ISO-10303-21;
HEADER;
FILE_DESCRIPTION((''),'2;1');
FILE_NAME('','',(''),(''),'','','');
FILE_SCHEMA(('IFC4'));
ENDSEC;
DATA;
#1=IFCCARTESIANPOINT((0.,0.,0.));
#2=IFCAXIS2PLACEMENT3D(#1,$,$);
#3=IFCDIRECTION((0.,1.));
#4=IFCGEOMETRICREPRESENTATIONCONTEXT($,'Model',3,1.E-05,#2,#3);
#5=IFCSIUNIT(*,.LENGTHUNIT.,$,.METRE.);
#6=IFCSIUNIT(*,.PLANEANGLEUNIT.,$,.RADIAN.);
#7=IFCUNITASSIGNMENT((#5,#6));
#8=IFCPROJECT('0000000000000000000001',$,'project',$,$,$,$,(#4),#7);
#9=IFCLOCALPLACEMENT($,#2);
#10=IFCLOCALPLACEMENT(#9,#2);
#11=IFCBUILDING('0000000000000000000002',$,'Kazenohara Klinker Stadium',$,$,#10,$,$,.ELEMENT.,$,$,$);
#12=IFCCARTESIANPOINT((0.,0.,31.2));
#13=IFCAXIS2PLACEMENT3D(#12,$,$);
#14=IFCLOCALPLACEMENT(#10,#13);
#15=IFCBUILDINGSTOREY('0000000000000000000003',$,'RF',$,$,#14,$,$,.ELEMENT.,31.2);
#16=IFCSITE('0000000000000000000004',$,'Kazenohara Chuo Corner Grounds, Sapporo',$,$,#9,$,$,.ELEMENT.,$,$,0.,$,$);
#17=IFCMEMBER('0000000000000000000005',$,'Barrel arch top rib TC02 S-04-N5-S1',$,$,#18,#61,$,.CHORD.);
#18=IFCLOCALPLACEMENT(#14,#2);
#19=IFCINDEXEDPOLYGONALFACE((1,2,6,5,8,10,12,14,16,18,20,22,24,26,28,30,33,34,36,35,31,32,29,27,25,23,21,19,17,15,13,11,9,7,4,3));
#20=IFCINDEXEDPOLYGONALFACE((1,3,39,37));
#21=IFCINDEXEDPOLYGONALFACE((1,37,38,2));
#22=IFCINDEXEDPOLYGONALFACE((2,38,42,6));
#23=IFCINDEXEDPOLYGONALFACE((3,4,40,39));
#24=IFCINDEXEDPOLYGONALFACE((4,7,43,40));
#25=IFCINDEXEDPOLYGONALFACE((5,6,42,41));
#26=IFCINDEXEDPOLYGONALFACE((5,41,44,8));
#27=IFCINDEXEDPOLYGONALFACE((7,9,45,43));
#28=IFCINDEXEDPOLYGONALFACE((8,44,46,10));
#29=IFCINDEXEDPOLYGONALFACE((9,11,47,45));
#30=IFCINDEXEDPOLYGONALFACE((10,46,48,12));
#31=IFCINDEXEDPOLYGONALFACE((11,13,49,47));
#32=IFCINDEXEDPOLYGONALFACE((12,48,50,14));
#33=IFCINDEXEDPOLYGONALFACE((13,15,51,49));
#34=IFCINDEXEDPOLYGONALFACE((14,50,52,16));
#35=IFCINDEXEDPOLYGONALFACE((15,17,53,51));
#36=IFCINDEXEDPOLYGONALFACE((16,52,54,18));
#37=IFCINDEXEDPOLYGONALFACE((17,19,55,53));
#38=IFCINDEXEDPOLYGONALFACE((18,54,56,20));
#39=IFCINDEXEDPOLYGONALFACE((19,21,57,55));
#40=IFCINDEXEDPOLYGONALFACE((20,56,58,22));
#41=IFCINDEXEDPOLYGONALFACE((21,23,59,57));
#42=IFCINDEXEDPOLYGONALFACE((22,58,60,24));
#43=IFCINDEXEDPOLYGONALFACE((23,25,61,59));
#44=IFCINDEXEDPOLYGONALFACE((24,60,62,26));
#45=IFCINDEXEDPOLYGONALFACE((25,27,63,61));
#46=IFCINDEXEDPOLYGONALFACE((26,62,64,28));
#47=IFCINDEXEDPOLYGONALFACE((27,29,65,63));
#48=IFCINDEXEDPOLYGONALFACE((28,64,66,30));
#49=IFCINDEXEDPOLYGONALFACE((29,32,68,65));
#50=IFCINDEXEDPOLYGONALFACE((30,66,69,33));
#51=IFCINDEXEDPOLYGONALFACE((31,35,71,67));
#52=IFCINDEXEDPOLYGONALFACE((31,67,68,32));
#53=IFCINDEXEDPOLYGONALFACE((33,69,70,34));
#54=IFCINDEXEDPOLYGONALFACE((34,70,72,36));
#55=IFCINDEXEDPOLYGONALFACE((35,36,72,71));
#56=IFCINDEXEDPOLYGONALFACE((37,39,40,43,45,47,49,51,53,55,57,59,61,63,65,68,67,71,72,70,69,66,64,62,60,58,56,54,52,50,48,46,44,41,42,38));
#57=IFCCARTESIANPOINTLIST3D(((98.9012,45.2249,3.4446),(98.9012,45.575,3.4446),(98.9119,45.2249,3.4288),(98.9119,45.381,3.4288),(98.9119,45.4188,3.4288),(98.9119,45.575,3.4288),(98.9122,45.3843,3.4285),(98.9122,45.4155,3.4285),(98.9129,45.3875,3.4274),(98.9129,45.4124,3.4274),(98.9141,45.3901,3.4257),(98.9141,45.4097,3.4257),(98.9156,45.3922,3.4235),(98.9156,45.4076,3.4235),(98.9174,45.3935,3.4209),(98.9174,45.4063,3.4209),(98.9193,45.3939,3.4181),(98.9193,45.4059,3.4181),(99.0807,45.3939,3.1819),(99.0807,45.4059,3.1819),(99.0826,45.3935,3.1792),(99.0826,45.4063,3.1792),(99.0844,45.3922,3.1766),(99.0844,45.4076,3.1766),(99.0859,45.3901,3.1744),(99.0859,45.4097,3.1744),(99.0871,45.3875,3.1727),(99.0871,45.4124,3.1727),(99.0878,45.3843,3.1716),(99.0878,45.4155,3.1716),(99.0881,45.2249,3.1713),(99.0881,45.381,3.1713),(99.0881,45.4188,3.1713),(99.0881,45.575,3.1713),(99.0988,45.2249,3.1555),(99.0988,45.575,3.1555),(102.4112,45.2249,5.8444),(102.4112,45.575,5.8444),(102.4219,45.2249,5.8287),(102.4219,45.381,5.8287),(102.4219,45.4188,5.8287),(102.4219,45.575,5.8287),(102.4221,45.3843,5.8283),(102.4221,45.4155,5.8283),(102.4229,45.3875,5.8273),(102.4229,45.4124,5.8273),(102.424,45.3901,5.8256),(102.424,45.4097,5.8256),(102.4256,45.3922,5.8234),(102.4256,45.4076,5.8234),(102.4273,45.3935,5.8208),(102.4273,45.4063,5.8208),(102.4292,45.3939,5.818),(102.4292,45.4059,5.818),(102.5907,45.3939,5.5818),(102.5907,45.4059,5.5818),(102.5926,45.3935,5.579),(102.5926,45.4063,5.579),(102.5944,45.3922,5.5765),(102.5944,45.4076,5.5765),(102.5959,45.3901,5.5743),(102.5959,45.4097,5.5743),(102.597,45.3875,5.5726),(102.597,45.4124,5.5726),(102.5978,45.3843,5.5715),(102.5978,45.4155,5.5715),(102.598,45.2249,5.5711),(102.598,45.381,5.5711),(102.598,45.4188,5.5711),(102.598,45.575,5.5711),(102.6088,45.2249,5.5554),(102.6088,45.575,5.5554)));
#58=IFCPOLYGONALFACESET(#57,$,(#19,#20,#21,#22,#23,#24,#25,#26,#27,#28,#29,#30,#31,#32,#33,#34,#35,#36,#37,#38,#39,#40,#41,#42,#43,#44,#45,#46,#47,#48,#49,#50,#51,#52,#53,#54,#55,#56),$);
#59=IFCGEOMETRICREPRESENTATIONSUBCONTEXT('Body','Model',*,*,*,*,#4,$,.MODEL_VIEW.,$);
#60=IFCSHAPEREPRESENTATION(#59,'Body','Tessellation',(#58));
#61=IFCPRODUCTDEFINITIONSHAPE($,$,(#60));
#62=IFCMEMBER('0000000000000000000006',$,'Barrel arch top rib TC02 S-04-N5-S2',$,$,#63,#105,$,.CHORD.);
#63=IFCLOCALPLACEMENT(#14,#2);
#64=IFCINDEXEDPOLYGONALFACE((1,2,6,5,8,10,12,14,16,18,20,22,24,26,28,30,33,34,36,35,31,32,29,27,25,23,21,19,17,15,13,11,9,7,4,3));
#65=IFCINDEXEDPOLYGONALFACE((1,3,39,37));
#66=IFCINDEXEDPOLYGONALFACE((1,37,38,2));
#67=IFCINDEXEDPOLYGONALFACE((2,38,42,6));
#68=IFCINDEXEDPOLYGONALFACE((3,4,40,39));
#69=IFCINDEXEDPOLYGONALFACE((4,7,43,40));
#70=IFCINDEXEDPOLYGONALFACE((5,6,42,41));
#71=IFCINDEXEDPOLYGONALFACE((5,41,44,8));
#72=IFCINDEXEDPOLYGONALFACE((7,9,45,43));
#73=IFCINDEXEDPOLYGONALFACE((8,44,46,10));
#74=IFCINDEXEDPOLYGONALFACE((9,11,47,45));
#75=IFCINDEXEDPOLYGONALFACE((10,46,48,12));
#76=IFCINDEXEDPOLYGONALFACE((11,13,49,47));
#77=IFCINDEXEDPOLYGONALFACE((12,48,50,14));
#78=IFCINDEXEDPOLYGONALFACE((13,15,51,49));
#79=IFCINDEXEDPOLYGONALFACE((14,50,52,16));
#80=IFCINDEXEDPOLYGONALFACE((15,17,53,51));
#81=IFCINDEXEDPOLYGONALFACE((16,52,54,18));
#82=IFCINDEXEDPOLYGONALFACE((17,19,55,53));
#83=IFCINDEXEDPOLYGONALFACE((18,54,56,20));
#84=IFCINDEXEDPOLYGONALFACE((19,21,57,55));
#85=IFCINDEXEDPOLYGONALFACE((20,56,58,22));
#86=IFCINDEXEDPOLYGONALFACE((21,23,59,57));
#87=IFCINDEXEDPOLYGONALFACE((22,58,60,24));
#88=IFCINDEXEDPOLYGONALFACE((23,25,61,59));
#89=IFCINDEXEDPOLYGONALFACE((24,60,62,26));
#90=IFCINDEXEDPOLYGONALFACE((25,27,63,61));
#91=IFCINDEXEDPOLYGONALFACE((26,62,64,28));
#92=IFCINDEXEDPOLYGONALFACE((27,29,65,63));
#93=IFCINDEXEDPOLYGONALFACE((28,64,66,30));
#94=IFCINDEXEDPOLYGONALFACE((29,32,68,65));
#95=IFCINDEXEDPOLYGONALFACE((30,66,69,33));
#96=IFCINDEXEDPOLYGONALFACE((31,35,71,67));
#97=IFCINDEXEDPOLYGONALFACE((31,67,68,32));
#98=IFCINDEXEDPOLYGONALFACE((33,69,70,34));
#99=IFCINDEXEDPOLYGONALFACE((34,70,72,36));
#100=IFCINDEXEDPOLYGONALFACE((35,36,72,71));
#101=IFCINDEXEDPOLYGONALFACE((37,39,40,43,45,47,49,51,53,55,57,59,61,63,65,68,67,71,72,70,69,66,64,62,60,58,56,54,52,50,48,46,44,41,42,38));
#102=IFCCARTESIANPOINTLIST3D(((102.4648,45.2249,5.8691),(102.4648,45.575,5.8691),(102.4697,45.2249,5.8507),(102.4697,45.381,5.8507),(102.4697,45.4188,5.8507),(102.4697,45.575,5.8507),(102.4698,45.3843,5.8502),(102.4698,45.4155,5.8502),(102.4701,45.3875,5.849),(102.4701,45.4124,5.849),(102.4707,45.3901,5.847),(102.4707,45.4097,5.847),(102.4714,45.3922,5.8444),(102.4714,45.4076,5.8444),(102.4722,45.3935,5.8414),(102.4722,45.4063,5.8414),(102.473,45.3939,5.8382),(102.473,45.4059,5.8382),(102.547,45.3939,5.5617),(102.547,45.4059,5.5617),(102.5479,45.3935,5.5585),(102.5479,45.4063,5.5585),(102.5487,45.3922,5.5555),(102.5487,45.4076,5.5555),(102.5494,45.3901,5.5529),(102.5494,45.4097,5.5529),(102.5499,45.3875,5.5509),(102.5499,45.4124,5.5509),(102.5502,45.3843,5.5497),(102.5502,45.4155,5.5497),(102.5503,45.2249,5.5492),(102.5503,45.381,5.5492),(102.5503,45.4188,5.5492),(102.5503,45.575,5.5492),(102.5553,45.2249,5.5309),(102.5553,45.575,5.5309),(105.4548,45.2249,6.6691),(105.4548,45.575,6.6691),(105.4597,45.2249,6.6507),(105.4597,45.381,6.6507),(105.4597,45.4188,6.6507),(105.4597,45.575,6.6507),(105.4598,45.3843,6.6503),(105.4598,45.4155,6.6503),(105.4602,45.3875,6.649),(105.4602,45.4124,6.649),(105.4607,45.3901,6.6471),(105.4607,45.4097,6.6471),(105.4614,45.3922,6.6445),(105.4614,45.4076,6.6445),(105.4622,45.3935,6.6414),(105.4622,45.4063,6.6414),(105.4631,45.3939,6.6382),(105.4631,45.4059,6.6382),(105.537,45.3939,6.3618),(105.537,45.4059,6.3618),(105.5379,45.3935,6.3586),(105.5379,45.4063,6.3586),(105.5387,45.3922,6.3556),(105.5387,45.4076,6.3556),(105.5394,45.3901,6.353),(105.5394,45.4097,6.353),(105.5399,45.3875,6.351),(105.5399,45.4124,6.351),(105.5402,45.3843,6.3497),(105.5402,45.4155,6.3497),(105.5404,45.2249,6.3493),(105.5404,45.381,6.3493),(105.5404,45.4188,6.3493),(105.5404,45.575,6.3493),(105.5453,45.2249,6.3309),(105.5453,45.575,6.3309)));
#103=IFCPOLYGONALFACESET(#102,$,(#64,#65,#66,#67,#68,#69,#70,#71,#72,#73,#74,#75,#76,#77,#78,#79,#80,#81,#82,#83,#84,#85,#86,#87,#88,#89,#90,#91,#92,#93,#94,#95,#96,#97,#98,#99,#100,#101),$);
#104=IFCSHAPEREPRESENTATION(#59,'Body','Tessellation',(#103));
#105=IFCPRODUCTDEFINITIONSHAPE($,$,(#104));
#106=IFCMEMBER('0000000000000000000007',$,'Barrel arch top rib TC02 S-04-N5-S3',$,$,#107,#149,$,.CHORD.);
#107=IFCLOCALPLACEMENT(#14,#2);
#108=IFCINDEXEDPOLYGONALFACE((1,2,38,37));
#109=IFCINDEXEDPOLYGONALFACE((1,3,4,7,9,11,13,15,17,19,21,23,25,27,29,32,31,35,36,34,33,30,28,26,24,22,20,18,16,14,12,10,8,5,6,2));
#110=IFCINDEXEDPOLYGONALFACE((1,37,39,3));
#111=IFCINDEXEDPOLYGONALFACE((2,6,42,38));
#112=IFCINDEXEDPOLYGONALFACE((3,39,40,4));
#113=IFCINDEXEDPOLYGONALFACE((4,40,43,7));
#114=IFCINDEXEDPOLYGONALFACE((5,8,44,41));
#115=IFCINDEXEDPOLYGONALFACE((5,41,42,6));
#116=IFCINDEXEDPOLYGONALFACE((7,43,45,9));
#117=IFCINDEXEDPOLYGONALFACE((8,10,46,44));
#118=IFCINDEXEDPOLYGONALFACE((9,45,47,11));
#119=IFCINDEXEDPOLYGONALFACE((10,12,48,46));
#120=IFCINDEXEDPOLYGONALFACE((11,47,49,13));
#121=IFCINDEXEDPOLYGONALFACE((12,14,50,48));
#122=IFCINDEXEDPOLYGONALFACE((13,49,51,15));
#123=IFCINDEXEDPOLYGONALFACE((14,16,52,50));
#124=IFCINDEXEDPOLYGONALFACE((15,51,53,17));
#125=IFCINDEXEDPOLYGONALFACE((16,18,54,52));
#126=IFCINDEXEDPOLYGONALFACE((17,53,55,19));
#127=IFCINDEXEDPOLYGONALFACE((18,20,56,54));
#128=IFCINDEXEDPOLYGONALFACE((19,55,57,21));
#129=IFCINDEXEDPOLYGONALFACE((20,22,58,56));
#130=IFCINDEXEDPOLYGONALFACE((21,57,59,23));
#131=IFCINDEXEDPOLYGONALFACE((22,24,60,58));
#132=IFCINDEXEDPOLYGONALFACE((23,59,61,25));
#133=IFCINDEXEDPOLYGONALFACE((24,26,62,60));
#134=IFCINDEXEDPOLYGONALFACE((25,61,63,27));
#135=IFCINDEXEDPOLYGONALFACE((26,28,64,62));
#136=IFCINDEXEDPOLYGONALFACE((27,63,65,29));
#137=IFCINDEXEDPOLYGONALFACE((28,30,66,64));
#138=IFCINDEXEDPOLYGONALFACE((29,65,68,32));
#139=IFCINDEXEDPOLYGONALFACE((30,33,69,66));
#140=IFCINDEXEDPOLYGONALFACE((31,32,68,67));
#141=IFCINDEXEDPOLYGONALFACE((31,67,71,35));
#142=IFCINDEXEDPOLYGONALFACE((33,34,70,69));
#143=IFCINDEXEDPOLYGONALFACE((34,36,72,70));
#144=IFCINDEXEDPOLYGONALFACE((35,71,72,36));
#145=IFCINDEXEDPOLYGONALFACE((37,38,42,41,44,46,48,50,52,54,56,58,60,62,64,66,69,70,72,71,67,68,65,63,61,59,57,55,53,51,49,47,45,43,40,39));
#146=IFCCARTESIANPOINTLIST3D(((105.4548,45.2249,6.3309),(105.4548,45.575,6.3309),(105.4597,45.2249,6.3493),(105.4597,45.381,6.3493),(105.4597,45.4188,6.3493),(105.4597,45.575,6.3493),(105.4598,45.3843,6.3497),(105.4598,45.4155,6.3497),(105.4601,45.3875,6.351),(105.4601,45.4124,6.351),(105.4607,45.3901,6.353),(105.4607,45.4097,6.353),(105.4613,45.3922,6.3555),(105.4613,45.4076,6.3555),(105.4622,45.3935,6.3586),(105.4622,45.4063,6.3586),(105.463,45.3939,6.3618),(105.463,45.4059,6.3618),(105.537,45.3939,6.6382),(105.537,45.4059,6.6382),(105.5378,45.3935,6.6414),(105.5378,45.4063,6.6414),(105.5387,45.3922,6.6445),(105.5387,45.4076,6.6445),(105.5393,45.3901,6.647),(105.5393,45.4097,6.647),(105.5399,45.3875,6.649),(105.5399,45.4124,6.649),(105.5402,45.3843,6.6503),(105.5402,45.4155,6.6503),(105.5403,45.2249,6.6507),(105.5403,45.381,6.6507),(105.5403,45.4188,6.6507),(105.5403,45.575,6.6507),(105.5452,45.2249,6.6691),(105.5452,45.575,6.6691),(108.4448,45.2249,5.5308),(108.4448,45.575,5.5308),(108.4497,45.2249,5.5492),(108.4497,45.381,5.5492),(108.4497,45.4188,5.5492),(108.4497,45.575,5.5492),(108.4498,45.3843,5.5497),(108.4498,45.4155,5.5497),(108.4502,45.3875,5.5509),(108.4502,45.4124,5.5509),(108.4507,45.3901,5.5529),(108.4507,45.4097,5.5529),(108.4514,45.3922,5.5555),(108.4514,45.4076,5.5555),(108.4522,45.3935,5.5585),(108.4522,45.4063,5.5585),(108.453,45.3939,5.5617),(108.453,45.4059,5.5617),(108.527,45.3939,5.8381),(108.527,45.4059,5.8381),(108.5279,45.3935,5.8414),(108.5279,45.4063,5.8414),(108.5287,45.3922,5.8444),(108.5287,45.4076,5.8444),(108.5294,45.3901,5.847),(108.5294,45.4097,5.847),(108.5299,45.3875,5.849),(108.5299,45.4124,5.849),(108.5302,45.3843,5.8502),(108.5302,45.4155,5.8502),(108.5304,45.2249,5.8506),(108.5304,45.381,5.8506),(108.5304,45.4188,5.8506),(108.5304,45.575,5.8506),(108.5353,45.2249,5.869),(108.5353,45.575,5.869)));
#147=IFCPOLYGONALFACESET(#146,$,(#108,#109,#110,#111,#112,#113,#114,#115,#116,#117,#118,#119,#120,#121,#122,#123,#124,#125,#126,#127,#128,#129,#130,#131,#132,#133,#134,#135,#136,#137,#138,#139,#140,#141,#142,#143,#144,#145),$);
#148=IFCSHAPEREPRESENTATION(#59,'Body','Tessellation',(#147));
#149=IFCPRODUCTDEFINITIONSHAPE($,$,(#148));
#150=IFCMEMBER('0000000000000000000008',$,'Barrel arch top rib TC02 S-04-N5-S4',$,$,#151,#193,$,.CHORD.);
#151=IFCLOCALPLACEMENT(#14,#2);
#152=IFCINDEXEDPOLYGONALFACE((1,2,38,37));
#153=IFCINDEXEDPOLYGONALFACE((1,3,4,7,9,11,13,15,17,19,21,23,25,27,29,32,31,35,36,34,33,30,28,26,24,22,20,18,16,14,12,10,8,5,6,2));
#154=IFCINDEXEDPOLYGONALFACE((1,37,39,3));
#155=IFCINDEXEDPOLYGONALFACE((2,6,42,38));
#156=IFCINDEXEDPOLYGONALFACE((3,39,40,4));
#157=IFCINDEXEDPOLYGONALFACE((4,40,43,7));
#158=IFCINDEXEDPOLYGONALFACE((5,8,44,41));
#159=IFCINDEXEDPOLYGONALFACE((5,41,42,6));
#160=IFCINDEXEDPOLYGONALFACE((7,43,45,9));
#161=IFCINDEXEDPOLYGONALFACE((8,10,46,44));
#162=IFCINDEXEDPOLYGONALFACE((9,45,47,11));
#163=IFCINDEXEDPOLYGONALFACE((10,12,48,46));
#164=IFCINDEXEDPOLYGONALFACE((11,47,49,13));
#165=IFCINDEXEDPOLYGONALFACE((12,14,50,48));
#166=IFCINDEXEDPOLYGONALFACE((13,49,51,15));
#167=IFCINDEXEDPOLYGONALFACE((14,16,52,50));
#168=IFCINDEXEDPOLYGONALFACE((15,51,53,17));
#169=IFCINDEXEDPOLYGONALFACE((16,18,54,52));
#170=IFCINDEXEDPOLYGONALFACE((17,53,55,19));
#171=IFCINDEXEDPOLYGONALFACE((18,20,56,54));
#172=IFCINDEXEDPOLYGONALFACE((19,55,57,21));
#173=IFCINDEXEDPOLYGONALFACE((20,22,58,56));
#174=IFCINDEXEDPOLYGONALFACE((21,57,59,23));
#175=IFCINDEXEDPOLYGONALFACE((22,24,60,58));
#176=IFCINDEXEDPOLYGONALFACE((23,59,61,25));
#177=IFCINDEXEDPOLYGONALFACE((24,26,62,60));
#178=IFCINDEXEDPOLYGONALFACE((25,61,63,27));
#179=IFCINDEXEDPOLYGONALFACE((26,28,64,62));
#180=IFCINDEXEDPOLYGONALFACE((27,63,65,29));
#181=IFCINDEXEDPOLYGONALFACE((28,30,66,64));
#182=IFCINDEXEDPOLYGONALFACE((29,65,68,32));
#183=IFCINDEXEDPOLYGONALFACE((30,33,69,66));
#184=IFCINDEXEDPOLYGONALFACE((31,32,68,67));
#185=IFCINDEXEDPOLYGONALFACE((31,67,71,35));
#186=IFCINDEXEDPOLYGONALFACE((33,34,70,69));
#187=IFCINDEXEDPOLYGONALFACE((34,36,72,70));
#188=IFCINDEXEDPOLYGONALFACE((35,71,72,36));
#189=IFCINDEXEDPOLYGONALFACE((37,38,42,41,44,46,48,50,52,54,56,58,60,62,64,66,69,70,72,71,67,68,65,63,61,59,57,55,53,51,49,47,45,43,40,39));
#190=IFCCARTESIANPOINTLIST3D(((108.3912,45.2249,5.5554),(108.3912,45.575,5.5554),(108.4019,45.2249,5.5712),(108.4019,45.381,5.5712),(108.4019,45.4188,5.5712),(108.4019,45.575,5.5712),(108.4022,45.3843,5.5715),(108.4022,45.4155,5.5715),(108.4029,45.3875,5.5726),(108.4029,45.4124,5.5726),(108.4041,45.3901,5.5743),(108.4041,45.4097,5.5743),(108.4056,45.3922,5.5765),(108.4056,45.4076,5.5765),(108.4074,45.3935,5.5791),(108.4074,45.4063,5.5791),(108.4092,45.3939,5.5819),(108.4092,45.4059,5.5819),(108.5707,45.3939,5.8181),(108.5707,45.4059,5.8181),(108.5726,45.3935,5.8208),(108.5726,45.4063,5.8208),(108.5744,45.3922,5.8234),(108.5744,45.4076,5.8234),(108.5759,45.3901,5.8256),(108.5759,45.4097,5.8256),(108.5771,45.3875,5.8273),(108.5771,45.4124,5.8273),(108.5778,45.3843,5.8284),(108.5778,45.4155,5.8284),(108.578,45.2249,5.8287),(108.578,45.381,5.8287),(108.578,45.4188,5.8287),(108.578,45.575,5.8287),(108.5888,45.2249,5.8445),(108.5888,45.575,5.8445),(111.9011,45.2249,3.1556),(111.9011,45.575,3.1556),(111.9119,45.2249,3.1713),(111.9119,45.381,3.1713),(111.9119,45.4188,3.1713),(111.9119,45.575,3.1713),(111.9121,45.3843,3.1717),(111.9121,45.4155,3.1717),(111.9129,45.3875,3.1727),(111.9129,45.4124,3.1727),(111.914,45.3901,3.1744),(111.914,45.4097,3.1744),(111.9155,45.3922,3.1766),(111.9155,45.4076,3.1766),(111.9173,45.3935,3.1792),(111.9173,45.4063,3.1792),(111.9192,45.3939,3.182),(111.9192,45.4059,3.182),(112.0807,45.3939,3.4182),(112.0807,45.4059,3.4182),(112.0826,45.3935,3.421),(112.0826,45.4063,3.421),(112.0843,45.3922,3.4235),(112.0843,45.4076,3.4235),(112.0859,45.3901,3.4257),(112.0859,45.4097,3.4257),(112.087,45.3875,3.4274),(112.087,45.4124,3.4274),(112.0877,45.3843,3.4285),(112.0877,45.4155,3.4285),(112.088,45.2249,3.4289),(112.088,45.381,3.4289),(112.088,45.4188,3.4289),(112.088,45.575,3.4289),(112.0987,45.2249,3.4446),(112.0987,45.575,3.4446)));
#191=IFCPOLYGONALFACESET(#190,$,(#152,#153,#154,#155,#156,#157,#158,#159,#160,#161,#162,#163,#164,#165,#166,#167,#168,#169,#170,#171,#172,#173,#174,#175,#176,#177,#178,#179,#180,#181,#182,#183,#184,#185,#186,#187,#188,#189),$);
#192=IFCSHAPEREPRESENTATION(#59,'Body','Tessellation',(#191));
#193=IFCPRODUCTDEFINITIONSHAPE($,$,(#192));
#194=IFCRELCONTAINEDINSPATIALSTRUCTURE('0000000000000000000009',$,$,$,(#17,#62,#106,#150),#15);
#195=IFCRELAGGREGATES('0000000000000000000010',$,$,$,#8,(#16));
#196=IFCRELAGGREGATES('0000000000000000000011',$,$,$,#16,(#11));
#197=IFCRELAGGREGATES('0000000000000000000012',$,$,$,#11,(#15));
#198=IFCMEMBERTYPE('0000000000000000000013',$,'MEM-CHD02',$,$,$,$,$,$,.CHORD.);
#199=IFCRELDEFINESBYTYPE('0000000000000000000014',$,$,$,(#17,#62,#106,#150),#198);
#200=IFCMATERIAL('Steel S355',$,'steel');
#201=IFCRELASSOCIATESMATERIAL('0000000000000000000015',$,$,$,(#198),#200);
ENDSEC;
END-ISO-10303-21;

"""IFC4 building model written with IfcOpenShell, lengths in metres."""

from ifc_helpers import new_model, si_unit, direction, frame, origin, origin_2d, place, context, subcontext, project, spatial, i_section, extrude, material, material_profile, profile_set, type_object, element, save


model = new_model("IFC4")

# Units and contexts
model_context = context("Model", 3, precision=1e-05, world=origin(), true_north=direction((0.0, 1.0)))
body_context = subcontext(model_context, "Body", "Model", "MODEL_VIEW")
ifc_project = project(units=[si_unit("LENGTHUNIT", "METRE"), si_unit("PLANEANGLEUNIT", "RADIAN")], contexts=[model_context])

# Site, building, storey
site_placement = place(None, origin())
site = spatial("IfcSite", under=ifc_project, at=site_placement, Name="Kazenohara Chuo Corner Grounds, Sapporo", CompositionType="ELEMENT", RefElevation=0.0)
building_placement = place(site_placement, origin())
building = spatial("IfcBuilding", under=site, at=building_placement, Name="Kazenohara Klinker Stadium", CompositionType="ELEMENT")
storey_placement = place(building_placement, frame((0.0, 0.0, 31.2)))
storey = spatial("IfcBuildingStorey", under=building, at=storey_placement, Name="RF", CompositionType="ELEMENT", Elevation=31.2)

# Members
ifc_material_1 = material(Name="Steel S355", Category="steel")
ifc_material_profile_1 = material_profile(ifc_material_1, i_section(OverallWidth=0.3501, OverallDepth=0.3501, WebThickness=0.012, FlangeThickness=0.019, FilletRadius=0.0129, at=origin_2d()), Name="H-350x350x12x19")
ifc_profile_set_1 = profile_set([ifc_material_profile_1], Name="Steel S355")
member_type_1 = type_object("IfcMemberType", Name="MEM-CHD02", PredefinedType="CHORD", material=ifc_profile_set_1)
for number, where, z_axis, x_axis, name in (
    (1, (99.0, 45.3999, 3.3), (0.825492, 0.0, 0.564414), (0.0, 1.0, 0.0), "Barrel arch top rib TC02 S-04-N5-S1"),
):
    element("IfcMember", number, at=place(storey_placement, frame(where, z_axis=z_axis, x_axis=x_axis)), inside=storey, type_object=member_type_1, Name=name, PredefinedType="CHORD", context=body_context, shape_type="SweptSolid", body=[
        extrude(i_section(OverallWidth=0.3501, OverallDepth=0.3501, WebThickness=0.012, FlangeThickness=0.019, FilletRadius=0.0129, at=origin_2d()), origin(), (0.0, 0.0, 1.0), 4.252),
    ])
for number, where, z_axis, x_axis, name in (
    (2, (102.51, 45.3999, 5.7), (0.966016, 0.0, 0.258482), (0.0, 1.0, 0.0), "Barrel arch top rib TC02 S-04-N5-S2"),
    (3, (105.5, 45.3999, 6.5), (0.966016, 0.0, -0.258482), (0.0, 1.0, 0.0), "Barrel arch top rib TC02 S-04-N5-S3"),
):
    element("IfcMember", number, at=place(storey_placement, frame(where, z_axis=z_axis, x_axis=x_axis)), inside=storey, type_object=member_type_1, Name=name, PredefinedType="CHORD", context=body_context, shape_type="SweptSolid", body=[
        extrude(i_section(OverallWidth=0.3501, OverallDepth=0.3501, WebThickness=0.012, FlangeThickness=0.019, FilletRadius=0.0129, at=origin_2d()), origin(), (0.0, 0.0, 1.0), 3.0952),
    ])
member_1_placement = place(storey_placement, frame((108.49, 45.3999, 5.7), z_axis=(0.825492, 0.0, -0.564414), x_axis=(0.0, 1.0, 0.0)))
element("IfcMember", 4, at=member_1_placement, inside=storey, type_object=member_type_1, Name="Barrel arch top rib TC02 S-04-N5-S4", PredefinedType="CHORD", context=body_context, shape_type="SweptSolid", body=[
    extrude(i_section(OverallWidth=0.3501, OverallDepth=0.3501, WebThickness=0.012, FlangeThickness=0.019, FilletRadius=0.0129, at=origin_2d()), origin(), (0.0, 0.0, 1.0), 4.252),
])

save(model, "model.ifc")
